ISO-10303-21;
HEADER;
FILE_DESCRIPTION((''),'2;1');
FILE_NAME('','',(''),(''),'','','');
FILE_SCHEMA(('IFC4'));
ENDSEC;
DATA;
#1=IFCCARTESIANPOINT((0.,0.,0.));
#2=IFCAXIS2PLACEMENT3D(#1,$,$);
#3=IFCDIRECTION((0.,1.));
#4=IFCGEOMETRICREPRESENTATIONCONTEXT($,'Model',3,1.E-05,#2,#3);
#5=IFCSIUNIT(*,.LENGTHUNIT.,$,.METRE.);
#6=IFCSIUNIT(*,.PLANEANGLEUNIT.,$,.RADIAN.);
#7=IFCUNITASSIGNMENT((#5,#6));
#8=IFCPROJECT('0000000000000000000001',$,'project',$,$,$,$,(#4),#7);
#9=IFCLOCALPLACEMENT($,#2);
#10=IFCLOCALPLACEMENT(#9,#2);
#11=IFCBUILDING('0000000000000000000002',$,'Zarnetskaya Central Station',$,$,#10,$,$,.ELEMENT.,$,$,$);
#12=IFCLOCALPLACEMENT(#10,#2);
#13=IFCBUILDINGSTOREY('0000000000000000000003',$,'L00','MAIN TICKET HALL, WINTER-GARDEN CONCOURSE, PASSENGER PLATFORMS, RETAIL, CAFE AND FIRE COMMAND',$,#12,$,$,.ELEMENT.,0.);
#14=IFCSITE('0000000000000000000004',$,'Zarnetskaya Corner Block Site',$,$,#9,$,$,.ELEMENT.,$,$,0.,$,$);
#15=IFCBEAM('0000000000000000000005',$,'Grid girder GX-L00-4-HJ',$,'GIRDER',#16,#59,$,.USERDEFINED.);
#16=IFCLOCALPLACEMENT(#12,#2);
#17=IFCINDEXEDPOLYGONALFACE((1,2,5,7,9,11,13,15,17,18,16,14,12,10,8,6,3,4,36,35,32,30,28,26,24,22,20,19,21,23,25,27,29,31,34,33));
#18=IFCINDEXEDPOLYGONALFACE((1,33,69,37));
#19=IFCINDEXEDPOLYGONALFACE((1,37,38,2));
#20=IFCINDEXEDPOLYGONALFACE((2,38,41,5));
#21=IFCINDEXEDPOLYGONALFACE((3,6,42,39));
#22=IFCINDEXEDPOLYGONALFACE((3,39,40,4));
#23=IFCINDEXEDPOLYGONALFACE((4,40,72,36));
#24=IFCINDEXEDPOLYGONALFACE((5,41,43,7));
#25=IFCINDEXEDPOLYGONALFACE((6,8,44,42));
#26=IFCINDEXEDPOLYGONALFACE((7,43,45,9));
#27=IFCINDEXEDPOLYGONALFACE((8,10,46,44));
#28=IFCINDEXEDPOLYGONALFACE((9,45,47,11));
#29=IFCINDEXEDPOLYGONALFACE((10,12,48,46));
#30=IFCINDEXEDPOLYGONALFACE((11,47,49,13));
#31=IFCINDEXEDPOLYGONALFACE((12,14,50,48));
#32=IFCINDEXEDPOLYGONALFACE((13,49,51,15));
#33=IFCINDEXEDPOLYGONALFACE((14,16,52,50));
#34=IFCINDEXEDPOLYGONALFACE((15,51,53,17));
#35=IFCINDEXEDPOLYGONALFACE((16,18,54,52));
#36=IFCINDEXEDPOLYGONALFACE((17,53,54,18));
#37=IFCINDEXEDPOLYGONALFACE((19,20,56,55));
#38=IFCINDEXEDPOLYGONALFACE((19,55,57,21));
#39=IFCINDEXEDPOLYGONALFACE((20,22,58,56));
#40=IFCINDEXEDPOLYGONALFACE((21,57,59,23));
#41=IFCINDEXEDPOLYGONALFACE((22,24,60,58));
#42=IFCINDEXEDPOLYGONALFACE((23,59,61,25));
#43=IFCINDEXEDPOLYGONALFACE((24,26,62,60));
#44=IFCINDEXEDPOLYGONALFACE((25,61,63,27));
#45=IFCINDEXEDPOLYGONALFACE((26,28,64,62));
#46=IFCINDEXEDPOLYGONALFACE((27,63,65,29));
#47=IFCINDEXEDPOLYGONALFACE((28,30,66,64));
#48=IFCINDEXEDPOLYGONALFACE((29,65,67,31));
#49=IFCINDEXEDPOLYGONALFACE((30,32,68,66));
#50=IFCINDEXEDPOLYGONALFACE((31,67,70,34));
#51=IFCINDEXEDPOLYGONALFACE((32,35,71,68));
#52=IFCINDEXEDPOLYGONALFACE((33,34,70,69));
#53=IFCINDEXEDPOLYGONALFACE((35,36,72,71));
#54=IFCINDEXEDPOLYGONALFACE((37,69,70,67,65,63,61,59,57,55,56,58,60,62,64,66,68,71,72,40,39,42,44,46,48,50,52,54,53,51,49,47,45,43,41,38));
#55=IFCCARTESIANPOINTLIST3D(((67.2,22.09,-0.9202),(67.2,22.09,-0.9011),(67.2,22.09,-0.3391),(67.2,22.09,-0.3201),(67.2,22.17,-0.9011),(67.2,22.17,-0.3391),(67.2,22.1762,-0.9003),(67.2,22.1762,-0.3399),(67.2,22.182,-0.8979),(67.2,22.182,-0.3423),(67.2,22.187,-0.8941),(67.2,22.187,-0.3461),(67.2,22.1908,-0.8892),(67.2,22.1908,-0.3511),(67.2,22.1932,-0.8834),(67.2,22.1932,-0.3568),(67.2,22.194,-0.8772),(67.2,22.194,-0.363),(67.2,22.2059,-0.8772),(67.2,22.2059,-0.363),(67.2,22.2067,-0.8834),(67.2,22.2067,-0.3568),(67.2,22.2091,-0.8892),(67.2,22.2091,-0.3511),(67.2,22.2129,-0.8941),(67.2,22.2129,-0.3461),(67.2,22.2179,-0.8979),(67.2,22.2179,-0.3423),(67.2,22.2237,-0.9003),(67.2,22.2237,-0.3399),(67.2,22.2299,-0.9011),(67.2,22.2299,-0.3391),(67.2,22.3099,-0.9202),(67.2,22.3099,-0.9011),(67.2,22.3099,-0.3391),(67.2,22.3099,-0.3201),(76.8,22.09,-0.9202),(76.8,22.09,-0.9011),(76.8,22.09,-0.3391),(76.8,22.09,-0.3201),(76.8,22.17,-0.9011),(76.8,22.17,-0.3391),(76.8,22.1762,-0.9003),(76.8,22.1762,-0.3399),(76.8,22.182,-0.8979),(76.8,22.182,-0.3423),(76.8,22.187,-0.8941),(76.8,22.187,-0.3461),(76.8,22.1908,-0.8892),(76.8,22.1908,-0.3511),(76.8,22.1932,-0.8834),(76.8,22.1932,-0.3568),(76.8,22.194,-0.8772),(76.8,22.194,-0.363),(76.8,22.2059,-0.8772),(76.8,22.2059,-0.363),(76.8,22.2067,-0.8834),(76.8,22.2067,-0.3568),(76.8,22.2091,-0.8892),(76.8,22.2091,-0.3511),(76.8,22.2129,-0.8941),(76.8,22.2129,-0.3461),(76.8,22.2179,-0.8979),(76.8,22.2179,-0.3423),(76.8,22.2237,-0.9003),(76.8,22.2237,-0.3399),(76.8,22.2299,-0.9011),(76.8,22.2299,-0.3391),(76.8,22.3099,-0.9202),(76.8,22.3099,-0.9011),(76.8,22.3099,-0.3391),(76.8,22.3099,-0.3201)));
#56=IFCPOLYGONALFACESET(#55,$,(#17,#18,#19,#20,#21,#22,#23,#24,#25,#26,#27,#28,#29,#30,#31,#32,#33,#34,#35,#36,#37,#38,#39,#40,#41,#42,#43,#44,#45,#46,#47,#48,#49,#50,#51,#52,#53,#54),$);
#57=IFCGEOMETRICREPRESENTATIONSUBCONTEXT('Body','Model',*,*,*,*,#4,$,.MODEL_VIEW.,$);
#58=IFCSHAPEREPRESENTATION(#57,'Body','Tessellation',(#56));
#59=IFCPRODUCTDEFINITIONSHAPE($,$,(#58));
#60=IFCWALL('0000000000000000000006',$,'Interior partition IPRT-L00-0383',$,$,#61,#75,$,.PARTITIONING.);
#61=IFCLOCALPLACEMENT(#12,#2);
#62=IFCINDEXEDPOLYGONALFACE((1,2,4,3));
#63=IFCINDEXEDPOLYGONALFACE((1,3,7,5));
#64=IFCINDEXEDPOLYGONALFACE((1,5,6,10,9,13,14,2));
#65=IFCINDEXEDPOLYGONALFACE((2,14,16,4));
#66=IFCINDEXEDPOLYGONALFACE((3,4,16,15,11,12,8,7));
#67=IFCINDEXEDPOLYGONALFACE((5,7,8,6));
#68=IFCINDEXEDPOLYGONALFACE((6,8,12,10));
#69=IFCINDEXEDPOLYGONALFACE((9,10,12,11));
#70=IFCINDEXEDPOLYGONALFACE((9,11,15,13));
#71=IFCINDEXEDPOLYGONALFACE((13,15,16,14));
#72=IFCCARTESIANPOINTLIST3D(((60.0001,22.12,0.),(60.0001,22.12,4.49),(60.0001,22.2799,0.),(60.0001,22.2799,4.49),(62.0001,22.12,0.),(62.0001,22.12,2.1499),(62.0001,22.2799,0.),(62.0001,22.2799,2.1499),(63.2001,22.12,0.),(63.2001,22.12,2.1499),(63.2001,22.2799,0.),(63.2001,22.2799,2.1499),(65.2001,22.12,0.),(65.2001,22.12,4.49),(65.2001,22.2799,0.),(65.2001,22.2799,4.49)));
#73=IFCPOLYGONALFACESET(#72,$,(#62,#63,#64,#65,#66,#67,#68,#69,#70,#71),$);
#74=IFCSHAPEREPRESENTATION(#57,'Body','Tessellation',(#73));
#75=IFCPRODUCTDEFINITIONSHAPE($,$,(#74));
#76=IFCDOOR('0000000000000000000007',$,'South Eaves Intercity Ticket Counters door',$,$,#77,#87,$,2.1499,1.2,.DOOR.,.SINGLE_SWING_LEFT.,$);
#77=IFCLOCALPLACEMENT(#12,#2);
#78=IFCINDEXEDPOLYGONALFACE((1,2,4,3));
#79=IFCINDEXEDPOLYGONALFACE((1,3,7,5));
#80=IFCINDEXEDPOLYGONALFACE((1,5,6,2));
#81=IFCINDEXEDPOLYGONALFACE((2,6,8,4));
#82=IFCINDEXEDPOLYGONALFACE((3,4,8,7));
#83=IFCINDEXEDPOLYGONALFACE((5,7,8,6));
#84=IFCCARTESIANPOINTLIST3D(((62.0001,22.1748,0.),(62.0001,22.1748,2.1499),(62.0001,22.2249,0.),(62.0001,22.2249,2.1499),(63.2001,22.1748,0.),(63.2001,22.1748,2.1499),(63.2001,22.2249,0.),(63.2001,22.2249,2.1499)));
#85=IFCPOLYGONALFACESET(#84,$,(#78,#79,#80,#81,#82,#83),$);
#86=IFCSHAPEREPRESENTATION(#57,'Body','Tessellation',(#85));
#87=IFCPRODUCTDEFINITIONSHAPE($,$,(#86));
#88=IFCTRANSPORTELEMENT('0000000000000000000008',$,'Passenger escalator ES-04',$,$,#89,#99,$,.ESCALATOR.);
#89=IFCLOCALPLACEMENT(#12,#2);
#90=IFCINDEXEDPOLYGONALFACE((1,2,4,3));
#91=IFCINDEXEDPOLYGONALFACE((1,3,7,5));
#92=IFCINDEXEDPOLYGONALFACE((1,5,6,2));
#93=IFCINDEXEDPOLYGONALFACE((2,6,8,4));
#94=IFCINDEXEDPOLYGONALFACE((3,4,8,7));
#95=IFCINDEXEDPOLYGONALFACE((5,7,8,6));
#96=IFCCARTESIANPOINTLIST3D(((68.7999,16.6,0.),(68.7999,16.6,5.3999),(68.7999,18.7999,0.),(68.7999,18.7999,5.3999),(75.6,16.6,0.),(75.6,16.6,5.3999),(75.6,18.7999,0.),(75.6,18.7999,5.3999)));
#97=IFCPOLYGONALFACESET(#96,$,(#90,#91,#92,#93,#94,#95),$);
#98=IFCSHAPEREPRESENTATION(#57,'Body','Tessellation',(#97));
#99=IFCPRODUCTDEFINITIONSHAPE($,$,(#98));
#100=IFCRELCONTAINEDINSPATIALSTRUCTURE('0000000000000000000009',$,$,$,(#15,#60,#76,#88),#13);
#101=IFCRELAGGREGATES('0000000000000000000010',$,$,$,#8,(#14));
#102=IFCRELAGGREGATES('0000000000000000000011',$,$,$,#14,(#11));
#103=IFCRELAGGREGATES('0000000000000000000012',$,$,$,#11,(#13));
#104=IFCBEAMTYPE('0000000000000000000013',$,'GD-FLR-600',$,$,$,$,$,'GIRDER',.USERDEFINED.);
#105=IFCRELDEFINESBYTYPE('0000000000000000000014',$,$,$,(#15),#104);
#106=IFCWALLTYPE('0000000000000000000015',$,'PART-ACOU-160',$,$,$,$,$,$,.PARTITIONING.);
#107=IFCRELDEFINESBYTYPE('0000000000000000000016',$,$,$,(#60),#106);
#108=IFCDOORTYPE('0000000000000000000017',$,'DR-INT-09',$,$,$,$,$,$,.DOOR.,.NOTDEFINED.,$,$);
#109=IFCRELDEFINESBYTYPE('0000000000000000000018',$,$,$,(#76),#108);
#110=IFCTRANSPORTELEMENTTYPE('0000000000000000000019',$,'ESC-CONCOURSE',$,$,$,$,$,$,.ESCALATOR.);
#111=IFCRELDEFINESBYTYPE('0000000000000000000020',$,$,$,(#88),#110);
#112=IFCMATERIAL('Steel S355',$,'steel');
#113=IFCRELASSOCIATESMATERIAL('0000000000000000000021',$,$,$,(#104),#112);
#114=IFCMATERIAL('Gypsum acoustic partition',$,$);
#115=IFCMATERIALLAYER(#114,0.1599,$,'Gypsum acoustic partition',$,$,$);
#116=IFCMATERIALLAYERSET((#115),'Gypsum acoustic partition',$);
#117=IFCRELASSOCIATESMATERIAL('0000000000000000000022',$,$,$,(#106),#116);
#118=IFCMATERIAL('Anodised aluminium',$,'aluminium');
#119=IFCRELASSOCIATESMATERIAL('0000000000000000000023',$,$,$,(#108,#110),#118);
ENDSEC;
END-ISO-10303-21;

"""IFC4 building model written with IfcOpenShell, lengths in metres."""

from ifc_helpers import new_model, si_unit, direction, frame, frame_2d, origin, origin_2d, place, context, subcontext, project, spatial, rectangle, i_section, extrude, material, layer, layer_set, material_profile, profile_set, type_object, element, fill, save


model = new_model("IFC4")

# Units and contexts
model_context = context("Model", 3, precision=1e-05, world=origin(), true_north=direction((0.0, 1.0)))
body_context = subcontext(model_context, "Body", "Model", "MODEL_VIEW")
ifc_project = project(units=[si_unit("LENGTHUNIT", "METRE"), si_unit("PLANEANGLEUNIT", "RADIAN")], contexts=[model_context])

# Site, building, storey
site_placement = place(None, origin())
site = spatial("IfcSite", under=ifc_project, at=site_placement, Name="Zarnetskaya Corner Block Site", CompositionType="ELEMENT", RefElevation=0.0)
building_placement = place(site_placement, origin())
building = spatial("IfcBuilding", under=site, at=building_placement, Name="Zarnetskaya Central Station", CompositionType="ELEMENT")
storey_placement = place(building_placement, origin())
storey = spatial("IfcBuildingStorey", under=building, at=storey_placement, Name="L00", Description="MAIN TICKET HALL, WINTER-GARDEN CONCOURSE, PASSENGER PLATFORMS, RETAIL, CAFE AND FIRE COMMAND", CompositionType="ELEMENT", Elevation=0.0)

# Shared definitions
ifc_material_1 = material(Name="Steel S355", Category="steel")

# Beam
ifc_material_profile_1 = material_profile(ifc_material_1, i_section(OverallWidth=0.22, OverallDepth=0.6001, WebThickness=0.012, FlangeThickness=0.019, FilletRadius=0.0239, at=origin_2d()), Name="IPE 600")
ifc_profile_set_1 = profile_set([ifc_material_profile_1], Name="Steel S355")
beam_type_1 = type_object("IfcBeamType", Name="GD-FLR-600", ElementType="GIRDER", PredefinedType="USERDEFINED", material=ifc_profile_set_1)
beam_placement = place(storey_placement, frame((67.2, 22.2, -0.6201), z_axis=(1.0, 0.0, 0.0), x_axis=(0.0, 1.0, 0.0)))
element("IfcBeam", 1, at=beam_placement, inside=storey, type_object=beam_type_1, Name="Grid girder GX-L00-4-HJ", ObjectType="GIRDER", PredefinedType="USERDEFINED", context=body_context, shape_type="SweptSolid", body=[
    extrude(i_section(OverallWidth=0.22, OverallDepth=0.6001, WebThickness=0.012, FlangeThickness=0.019, FilletRadius=0.0239, at=origin_2d()), origin(), (0.0, 0.0, 1.0), 9.6001),
])

# Wall, opening, door
ifc_material_2 = material(Name="Gypsum acoustic partition")
ifc_layer = layer(ifc_material_2, 0.1599, Name="Gypsum acoustic partition")
ifc_layer_set = layer_set([ifc_layer], Name="Gypsum acoustic partition")
wall_type = type_object("IfcWallType", Name="PART-ACOU-160", PredefinedType="PARTITIONING", material=ifc_layer_set)
wall_placement = place(storey_placement, frame((60.0, 22.2, 0.0), z_axis=(0.0, 0.0, 1.0), x_axis=(1.0, 0.0, 0.0)))
wall = element("IfcWall", 2, at=wall_placement, inside=storey, type_object=wall_type, Name="Interior partition IPRT-L00-0383", PredefinedType="PARTITIONING", context=body_context, shape_type="SweptSolid", body=[
    extrude(rectangle(XDim=5.2, YDim=0.1599, at=frame_2d((2.6001, 0.0))), origin(), (0.0, 0.0, 1.0), 4.49),
])
opening_placement = place(wall_placement, frame((2.0, 0.0, 0.0)))
opening = element("IfcOpeningElement", 3, at=opening_placement, cuts=wall, PredefinedType="OPENING", context=body_context, shape_type="SweptSolid", body=[
    extrude(rectangle(XDim=1.2, YDim=2.1499, at=frame_2d((0.6001, 1.075))), frame((0.0, 0.0898, 0.0), z_axis=(0.0, -1.0, 0.0), x_axis=(1.0, 0.0, 0.0)), (0.0, 0.0, 1.0), 0.1799),
])
ifc_material_3 = material(Name="Anodised aluminium", Category="aluminium")
door_type = type_object("IfcDoorType", Name="DR-INT-09", OperationType="NOTDEFINED", PredefinedType="DOOR", material=ifc_material_3)
door_placement = place(opening_placement, origin())
door = element("IfcDoor", 4, at=door_placement, inside=storey, type_object=door_type, Name="South Eaves Intercity Ticket Counters door", OperationType="SINGLE_SWING_LEFT", OverallHeight=2.1499, OverallWidth=1.2, PredefinedType="DOOR", context=body_context, shape_type="SweptSolid", body=[
    extrude(rectangle(XDim=1.2, YDim=2.1499, at=frame_2d((0.6001, 1.075))), frame((0.0, 0.0249, 0.0), z_axis=(0.0, -1.0, 0.0), x_axis=(1.0, 0.0, 0.0)), (0.0, 0.0, 1.0), 0.05),
])
fill(opening, door)

# Transport element
transport_element_type = type_object("IfcTransportElementType", Name="ESC-CONCOURSE", PredefinedType="ESCALATOR", material=ifc_material_3)
transport_element_placement = place(storey_placement, frame((72.2, 17.7, 0.0), z_axis=(0.0, 0.0, 1.0), x_axis=(1.0, 0.0, 0.0)))
element("IfcTransportElement", 5, at=transport_element_placement, inside=storey, type_object=transport_element_type, Name="Passenger escalator ES-04", PredefinedType="ESCALATOR", context=body_context, shape_type="SweptSolid", body=[
    extrude(rectangle(XDim=6.8, YDim=2.2, at=origin_2d()), origin(), (0.0, 0.0, 1.0), 5.3999),
])

save(model, "model.ifc")
